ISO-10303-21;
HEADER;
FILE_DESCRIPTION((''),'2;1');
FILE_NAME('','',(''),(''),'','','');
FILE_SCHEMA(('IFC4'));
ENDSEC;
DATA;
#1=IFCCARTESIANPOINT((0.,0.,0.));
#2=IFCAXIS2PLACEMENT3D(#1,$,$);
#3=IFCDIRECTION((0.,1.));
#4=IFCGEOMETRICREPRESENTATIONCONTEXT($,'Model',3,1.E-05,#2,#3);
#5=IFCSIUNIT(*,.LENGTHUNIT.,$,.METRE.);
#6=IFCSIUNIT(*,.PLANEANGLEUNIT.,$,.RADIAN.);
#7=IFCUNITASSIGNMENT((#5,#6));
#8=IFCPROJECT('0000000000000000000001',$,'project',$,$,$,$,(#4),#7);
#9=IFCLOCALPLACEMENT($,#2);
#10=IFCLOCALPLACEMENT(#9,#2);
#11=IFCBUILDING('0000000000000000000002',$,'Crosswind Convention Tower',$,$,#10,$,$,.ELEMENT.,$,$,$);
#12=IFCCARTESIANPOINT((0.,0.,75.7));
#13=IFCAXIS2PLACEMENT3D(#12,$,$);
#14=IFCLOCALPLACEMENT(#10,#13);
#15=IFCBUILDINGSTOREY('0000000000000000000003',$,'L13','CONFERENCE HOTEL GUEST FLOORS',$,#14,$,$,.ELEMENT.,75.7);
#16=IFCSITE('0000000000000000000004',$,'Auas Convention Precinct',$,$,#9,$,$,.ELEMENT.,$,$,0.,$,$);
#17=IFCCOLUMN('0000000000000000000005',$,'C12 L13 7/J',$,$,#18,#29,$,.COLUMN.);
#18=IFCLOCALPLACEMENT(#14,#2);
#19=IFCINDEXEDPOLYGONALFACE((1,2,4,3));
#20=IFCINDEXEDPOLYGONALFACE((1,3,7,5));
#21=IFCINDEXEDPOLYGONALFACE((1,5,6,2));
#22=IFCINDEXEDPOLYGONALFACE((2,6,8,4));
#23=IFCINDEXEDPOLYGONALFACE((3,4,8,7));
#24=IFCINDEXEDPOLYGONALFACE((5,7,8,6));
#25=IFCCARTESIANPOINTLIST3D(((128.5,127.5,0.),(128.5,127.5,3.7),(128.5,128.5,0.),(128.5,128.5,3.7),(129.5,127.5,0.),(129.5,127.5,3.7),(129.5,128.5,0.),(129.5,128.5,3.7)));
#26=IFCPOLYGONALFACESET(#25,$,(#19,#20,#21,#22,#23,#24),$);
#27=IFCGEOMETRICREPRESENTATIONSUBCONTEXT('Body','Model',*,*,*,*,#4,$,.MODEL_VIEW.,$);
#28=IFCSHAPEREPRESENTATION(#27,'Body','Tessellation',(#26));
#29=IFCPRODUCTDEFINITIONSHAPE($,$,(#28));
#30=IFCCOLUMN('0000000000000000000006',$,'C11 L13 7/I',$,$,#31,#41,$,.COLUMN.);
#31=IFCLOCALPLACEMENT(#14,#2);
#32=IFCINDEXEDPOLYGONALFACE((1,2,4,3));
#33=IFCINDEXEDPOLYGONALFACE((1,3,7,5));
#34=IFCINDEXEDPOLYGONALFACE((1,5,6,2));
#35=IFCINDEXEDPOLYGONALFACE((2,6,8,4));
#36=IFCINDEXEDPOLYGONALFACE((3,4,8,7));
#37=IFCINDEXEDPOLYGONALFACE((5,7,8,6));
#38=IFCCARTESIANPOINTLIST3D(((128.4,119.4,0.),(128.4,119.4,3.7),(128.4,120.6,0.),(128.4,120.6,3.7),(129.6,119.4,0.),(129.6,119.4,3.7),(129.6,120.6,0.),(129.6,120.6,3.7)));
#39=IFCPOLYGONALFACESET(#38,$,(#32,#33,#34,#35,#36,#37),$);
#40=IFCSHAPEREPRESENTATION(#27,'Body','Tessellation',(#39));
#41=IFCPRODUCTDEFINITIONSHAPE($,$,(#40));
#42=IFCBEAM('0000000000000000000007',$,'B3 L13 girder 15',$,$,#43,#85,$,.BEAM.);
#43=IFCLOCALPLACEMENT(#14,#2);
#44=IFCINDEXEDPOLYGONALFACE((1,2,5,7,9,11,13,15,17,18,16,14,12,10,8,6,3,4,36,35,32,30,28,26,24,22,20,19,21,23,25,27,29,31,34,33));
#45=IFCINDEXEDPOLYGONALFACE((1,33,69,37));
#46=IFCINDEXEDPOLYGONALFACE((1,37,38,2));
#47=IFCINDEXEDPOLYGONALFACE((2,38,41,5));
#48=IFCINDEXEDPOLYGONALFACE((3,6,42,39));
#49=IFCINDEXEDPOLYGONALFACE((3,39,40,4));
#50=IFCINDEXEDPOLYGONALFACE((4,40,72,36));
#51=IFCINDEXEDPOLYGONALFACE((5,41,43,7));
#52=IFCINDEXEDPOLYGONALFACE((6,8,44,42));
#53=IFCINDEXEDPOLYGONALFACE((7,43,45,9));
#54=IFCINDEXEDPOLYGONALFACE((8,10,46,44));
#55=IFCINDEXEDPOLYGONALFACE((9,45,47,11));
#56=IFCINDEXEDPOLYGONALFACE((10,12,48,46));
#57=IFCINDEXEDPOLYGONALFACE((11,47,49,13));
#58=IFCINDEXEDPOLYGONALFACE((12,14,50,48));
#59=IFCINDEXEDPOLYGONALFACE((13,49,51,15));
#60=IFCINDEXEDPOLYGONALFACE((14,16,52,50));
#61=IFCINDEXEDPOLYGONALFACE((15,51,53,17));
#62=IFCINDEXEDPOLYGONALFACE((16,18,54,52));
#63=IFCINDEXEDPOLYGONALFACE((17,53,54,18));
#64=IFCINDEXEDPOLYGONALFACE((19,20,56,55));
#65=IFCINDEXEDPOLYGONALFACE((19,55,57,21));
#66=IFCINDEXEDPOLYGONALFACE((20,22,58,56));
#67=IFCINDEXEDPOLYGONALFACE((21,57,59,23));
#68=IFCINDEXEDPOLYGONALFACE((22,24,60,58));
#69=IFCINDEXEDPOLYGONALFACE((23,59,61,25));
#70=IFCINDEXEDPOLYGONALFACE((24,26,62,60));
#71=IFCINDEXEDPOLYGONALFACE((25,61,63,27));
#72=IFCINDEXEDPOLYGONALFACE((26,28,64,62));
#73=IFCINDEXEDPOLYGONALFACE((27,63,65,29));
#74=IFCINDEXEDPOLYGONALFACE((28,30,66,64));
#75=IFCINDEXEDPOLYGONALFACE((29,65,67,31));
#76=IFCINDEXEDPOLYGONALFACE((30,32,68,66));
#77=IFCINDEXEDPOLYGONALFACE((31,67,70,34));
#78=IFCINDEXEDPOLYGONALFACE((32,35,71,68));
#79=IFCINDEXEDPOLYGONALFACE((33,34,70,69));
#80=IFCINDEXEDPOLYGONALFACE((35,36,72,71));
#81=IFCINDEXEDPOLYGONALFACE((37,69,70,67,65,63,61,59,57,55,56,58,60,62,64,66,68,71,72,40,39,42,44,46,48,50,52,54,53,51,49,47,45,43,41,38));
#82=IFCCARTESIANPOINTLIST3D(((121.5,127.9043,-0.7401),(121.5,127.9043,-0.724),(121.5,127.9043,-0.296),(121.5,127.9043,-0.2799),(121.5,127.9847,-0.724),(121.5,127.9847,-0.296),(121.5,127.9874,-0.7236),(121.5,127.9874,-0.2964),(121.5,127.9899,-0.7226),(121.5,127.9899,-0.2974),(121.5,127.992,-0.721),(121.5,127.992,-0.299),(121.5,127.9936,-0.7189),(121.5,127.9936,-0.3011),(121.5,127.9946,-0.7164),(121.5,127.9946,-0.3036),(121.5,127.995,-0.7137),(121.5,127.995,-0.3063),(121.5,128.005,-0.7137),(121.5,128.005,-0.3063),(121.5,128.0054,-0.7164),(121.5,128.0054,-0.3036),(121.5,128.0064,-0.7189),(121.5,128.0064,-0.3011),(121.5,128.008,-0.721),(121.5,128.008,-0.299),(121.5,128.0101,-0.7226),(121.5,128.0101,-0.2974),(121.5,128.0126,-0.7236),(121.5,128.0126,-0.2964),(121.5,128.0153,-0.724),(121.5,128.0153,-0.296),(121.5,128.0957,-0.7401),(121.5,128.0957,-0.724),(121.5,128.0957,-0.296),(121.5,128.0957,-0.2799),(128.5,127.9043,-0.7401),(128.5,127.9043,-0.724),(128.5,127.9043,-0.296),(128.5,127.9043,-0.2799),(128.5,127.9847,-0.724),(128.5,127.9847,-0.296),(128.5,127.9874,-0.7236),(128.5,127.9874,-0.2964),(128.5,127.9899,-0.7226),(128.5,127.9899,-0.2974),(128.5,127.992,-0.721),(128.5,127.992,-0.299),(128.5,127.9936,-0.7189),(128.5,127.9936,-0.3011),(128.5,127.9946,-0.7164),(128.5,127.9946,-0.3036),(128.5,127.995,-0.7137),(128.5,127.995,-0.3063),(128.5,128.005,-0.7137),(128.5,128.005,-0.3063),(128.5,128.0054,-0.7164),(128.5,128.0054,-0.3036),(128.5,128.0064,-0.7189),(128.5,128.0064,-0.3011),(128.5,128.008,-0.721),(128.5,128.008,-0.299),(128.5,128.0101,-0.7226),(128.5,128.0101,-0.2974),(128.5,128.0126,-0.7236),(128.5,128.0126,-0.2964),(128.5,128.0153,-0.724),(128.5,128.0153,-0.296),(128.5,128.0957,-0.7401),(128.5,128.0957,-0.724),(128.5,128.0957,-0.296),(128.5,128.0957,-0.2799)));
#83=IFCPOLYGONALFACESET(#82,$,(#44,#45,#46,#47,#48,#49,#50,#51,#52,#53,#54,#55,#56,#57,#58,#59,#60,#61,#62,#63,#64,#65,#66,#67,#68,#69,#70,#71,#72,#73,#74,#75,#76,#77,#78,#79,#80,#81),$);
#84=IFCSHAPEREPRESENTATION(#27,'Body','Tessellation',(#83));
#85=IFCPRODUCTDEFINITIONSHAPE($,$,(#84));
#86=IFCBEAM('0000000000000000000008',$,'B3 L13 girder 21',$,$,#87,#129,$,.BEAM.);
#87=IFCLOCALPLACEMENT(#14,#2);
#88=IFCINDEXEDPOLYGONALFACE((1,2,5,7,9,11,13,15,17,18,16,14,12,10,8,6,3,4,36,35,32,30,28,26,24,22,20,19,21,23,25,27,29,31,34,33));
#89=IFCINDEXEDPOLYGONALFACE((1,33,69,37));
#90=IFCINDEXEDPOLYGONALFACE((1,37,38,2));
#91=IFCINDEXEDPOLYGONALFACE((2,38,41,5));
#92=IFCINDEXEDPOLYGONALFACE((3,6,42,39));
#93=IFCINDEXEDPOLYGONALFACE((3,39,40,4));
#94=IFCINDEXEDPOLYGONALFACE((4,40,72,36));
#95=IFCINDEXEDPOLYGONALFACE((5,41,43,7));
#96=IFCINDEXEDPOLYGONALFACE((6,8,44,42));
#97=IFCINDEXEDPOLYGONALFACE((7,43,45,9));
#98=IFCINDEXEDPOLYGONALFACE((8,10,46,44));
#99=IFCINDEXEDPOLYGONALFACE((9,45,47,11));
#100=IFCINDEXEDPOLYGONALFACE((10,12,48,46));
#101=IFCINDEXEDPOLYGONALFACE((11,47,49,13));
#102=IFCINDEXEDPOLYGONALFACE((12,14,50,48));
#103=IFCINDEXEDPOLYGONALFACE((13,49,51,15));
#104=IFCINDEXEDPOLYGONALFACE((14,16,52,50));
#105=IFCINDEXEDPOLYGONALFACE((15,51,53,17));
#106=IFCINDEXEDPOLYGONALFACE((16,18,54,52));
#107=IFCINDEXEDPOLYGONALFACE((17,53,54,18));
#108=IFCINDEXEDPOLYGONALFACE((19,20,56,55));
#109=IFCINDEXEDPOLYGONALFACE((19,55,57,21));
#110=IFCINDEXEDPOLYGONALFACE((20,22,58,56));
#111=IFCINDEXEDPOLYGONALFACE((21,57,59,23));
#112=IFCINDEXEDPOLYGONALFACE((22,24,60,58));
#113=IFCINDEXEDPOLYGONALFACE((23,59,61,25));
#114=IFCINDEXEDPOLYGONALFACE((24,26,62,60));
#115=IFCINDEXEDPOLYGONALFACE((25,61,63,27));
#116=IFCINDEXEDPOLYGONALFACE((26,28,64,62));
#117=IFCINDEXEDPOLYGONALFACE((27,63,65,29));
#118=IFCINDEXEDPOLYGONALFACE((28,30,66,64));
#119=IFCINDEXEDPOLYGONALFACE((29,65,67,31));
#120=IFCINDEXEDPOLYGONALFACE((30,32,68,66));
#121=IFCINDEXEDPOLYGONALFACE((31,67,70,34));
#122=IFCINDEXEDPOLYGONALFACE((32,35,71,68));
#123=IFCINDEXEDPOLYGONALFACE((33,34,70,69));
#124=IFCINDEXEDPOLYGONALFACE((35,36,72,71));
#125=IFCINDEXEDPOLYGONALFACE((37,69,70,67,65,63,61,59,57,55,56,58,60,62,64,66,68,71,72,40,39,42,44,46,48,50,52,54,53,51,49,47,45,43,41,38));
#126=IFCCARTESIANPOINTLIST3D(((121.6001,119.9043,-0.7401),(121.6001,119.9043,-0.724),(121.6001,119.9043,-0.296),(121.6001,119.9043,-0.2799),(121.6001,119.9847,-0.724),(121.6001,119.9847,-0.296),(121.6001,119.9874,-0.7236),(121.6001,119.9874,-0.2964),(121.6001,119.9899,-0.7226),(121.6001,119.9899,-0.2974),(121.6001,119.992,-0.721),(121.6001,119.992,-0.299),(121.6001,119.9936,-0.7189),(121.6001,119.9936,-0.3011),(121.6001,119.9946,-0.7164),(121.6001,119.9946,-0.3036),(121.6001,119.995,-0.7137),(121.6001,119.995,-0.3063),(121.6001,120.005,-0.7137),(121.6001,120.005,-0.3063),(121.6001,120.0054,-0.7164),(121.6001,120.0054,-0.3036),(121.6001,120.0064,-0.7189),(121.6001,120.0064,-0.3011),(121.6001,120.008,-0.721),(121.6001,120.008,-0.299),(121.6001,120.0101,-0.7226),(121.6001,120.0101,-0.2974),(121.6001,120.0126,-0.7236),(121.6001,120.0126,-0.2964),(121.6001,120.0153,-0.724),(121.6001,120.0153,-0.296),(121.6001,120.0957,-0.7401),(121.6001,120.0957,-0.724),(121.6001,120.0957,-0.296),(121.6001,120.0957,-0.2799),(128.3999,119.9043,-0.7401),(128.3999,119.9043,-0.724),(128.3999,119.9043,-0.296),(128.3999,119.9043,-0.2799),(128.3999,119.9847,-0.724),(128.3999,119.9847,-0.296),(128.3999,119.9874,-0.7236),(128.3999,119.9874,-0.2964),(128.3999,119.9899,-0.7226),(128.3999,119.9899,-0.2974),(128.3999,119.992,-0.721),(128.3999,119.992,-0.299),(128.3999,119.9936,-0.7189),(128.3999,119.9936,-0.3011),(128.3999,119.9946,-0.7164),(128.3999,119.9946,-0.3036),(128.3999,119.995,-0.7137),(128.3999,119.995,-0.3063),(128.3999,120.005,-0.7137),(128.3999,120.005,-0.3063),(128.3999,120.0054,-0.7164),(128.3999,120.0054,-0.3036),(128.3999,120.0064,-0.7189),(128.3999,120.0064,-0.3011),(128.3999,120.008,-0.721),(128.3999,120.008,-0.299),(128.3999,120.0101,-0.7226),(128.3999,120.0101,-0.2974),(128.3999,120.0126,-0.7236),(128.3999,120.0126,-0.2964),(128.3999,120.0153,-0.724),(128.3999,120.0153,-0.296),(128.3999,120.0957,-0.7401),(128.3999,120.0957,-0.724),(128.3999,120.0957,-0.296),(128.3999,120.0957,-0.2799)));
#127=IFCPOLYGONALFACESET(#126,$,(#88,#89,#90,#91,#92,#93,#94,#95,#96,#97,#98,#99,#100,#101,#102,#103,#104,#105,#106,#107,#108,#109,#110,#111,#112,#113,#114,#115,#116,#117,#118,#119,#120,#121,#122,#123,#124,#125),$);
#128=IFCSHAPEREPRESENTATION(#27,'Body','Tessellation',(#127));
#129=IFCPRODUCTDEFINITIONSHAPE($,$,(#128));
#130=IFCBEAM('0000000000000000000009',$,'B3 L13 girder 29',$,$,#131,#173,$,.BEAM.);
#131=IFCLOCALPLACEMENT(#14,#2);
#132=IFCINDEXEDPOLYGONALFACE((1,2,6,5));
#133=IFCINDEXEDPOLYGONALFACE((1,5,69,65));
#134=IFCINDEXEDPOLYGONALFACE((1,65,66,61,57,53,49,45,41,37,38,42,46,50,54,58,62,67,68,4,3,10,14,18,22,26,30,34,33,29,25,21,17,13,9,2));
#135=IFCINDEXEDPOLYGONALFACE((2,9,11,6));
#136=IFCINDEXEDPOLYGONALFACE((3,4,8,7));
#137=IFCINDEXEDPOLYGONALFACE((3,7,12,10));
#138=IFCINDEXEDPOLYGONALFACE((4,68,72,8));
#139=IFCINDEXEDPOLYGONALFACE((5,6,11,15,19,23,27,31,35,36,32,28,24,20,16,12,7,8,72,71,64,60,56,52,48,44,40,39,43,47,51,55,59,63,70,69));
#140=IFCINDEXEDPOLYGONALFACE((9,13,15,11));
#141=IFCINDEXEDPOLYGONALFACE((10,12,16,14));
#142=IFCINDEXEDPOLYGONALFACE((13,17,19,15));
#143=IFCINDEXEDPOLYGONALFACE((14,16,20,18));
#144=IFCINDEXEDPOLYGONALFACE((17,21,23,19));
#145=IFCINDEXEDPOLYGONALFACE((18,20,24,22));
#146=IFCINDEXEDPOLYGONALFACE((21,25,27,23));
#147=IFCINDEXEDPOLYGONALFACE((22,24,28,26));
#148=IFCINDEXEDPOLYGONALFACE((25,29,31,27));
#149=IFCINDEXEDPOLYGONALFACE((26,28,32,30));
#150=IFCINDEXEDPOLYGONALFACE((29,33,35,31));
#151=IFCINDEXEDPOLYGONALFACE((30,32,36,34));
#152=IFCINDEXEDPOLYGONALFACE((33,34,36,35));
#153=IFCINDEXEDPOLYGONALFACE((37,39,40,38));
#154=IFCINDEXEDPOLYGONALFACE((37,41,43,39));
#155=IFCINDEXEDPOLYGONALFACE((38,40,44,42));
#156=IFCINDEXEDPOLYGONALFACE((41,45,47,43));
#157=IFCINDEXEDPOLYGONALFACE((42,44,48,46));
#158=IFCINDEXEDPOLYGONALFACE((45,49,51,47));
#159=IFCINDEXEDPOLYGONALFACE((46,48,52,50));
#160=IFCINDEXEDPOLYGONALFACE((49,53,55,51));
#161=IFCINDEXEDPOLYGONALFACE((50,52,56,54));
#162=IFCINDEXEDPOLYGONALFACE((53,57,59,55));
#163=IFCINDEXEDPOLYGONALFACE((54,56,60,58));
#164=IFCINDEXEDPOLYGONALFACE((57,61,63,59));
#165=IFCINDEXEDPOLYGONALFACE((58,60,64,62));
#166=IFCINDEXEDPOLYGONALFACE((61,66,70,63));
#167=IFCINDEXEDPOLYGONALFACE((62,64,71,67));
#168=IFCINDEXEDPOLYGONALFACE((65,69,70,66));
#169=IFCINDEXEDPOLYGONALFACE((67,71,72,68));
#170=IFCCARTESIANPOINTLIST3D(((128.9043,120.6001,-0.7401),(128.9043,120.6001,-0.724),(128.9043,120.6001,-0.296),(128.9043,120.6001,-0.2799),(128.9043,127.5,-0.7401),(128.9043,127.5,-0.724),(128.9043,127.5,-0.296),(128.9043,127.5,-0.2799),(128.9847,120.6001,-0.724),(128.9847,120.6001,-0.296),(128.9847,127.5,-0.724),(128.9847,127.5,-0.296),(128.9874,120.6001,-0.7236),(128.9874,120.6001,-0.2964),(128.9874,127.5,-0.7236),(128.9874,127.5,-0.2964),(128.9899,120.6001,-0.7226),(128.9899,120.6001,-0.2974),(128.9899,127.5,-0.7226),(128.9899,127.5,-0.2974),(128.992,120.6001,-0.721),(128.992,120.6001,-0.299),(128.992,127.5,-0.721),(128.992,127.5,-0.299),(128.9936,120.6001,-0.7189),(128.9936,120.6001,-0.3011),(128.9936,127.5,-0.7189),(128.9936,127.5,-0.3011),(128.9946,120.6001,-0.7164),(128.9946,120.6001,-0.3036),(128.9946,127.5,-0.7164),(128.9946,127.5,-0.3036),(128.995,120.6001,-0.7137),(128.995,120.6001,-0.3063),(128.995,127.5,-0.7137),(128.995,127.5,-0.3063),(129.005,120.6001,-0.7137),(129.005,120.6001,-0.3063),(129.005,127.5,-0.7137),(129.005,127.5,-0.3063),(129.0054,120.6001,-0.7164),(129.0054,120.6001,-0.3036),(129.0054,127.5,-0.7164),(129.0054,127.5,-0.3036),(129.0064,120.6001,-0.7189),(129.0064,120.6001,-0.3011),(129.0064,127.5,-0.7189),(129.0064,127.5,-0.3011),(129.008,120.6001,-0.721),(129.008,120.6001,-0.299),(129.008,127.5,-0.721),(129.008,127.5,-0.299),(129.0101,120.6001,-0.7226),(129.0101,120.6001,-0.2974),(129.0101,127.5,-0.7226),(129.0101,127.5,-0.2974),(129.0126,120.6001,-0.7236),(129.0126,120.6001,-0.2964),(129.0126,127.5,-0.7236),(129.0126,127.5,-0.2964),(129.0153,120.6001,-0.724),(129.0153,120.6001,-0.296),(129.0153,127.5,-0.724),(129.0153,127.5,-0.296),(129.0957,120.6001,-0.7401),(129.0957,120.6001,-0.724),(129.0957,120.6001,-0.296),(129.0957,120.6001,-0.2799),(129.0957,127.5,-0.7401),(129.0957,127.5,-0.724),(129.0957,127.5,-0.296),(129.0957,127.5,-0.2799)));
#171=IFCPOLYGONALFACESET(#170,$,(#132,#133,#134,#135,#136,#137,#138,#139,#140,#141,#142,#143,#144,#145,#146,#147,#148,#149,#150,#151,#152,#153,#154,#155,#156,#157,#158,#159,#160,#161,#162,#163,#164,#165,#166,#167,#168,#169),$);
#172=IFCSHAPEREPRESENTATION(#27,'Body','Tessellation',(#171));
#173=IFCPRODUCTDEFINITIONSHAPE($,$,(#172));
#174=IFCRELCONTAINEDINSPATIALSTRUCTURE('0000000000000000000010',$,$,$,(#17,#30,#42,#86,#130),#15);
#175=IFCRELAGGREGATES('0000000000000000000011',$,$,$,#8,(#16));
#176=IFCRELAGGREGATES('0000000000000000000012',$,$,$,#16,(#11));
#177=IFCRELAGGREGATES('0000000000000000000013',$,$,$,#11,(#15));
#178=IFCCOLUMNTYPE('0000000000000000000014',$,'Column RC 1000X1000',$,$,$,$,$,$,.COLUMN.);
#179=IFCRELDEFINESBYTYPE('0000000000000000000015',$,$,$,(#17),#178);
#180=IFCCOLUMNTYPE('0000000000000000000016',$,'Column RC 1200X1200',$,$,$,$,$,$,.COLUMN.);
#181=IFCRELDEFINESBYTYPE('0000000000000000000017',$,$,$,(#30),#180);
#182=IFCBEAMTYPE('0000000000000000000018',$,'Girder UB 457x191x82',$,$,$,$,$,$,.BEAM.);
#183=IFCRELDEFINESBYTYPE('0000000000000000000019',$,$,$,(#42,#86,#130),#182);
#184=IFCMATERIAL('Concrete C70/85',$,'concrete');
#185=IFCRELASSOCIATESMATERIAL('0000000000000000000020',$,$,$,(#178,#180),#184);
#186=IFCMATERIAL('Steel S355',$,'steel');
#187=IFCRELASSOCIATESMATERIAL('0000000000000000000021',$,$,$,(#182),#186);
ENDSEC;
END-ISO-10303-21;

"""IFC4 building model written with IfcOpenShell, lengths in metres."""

from ifc_helpers import new_model, si_unit, direction, frame, origin, origin_2d, place, context, subcontext, project, spatial, rectangle, i_section, extrude, material, material_profile, profile_set, type_object, element, save


model = new_model("IFC4")

# Units and contexts
model_context = context("Model", 3, precision=1e-05, world=origin(), true_north=direction((0.0, 1.0)))
body_context = subcontext(model_context, "Body", "Model", "MODEL_VIEW")
ifc_project = project(units=[si_unit("LENGTHUNIT", "METRE"), si_unit("PLANEANGLEUNIT", "RADIAN")], contexts=[model_context])

# Site, building, storey
site_placement = place(None, origin())
site = spatial("IfcSite", under=ifc_project, at=site_placement, Name="Auas Convention Precinct", CompositionType="ELEMENT", RefElevation=0.0)
building_placement = place(site_placement, origin())
building = spatial("IfcBuilding", under=site, at=building_placement, Name="Crosswind Convention Tower", CompositionType="ELEMENT")
storey_placement = place(building_placement, frame((0.0, 0.0, 75.7)))
storey = spatial("IfcBuildingStorey", under=building, at=storey_placement, Name="L13", Description="CONFERENCE HOTEL GUEST FLOORS", CompositionType="ELEMENT", Elevation=75.7)

# Columns
ifc_material_1 = material(Name="Concrete C70/85", Category="concrete")
ifc_material_profile_1 = material_profile(ifc_material_1, rectangle(XDim=1.0, YDim=1.0, at=origin_2d()), Name="RC 1000X1000")
ifc_profile_set_1 = profile_set([ifc_material_profile_1], Name="Concrete C70/85")
column_type_1 = type_object("IfcColumnType", Name="Column RC 1000X1000", PredefinedType="COLUMN", material=ifc_profile_set_1)
column_1_placement = place(storey_placement, frame((129.0, 128.0, 0.0), z_axis=(0.0, 0.0, 1.0), x_axis=(1.0, 0.0, 0.0)))
element("IfcColumn", 1, at=column_1_placement, inside=storey, type_object=column_type_1, Name="C12 L13 7/J", PredefinedType="COLUMN", context=body_context, shape_type="SweptSolid", body=[
    extrude(rectangle(XDim=1.0, YDim=1.0, at=origin_2d()), origin(), (0.0, 0.0, 1.0), 3.7),
])
ifc_material_profile_2 = material_profile(ifc_material_1, rectangle(XDim=1.2, YDim=1.2, at=origin_2d()), Name="RC 1200X1200")
ifc_profile_set_2 = profile_set([ifc_material_profile_2], Name="Concrete C70/85")
column_type_2 = type_object("IfcColumnType", Name="Column RC 1200X1200", PredefinedType="COLUMN", material=ifc_profile_set_2)
column_2_placement = place(storey_placement, frame((129.0, 120.0, 0.0), z_axis=(0.0, 0.0, 1.0), x_axis=(1.0, 0.0, 0.0)))
element("IfcColumn", 2, at=column_2_placement, inside=storey, type_object=column_type_2, Name="C11 L13 7/I", PredefinedType="COLUMN", context=body_context, shape_type="SweptSolid", body=[
    extrude(rectangle(XDim=1.2, YDim=1.2, at=origin_2d()), origin(), (0.0, 0.0, 1.0), 3.7),
])

# Beams
ifc_material_2 = material(Name="Steel S355", Category="steel")
ifc_material_profile_3 = material_profile(ifc_material_2, i_section(OverallWidth=0.1914, OverallDepth=0.4602, WebThickness=0.01, FlangeThickness=0.0161, FilletRadius=0.0103, at=origin_2d()), Name="UB 457x191x82")
ifc_profile_set_3 = profile_set([ifc_material_profile_3], Name="Steel S355")
beam_type_1 = type_object("IfcBeamType", Name="Girder UB 457x191x82", PredefinedType="BEAM", material=ifc_profile_set_3)
beam_1_placement = place(storey_placement, frame((121.5, 128.0, -0.51), z_axis=(1.0, 0.0, 0.0), x_axis=(0.0, 1.0, 0.0)))
element("IfcBeam", 3, at=beam_1_placement, inside=storey, type_object=beam_type_1, Name="B3 L13 girder 15", PredefinedType="BEAM", context=body_context, shape_type="SweptSolid", body=[
    extrude(i_section(OverallWidth=0.1914, OverallDepth=0.4602, WebThickness=0.01, FlangeThickness=0.0161, FilletRadius=0.0103, at=origin_2d()), origin(), (0.0, 0.0, 1.0), 7.0),
])
beam_2_placement = place(storey_placement, frame((121.6001, 120.0, -0.51), z_axis=(1.0, 0.0, 0.0), x_axis=(0.0, 1.0, 0.0)))
element("IfcBeam", 4, at=beam_2_placement, inside=storey, type_object=beam_type_1, Name="B3 L13 girder 21", PredefinedType="BEAM", context=body_context, shape_type="SweptSolid", body=[
    extrude(i_section(OverallWidth=0.1914, OverallDepth=0.4602, WebThickness=0.01, FlangeThickness=0.0161, FilletRadius=0.0103, at=origin_2d()), origin(), (0.0, 0.0, 1.0), 6.7998),
])
beam_3_placement = place(storey_placement, frame((129.0, 120.6001, -0.51), z_axis=(0.0, 1.0, 0.0), x_axis=(-1.0, 0.0, 0.0)))
element("IfcBeam", 5, at=beam_3_placement, inside=storey, type_object=beam_type_1, Name="B3 L13 girder 29", PredefinedType="BEAM", context=body_context, shape_type="SweptSolid", body=[
    extrude(i_section(OverallWidth=0.1914, OverallDepth=0.4602, WebThickness=0.01, FlangeThickness=0.0161, FilletRadius=0.0103, at=origin_2d()), origin(), (0.0, 0.0, 1.0), 6.8999),
])

save(model, "model.ifc")
